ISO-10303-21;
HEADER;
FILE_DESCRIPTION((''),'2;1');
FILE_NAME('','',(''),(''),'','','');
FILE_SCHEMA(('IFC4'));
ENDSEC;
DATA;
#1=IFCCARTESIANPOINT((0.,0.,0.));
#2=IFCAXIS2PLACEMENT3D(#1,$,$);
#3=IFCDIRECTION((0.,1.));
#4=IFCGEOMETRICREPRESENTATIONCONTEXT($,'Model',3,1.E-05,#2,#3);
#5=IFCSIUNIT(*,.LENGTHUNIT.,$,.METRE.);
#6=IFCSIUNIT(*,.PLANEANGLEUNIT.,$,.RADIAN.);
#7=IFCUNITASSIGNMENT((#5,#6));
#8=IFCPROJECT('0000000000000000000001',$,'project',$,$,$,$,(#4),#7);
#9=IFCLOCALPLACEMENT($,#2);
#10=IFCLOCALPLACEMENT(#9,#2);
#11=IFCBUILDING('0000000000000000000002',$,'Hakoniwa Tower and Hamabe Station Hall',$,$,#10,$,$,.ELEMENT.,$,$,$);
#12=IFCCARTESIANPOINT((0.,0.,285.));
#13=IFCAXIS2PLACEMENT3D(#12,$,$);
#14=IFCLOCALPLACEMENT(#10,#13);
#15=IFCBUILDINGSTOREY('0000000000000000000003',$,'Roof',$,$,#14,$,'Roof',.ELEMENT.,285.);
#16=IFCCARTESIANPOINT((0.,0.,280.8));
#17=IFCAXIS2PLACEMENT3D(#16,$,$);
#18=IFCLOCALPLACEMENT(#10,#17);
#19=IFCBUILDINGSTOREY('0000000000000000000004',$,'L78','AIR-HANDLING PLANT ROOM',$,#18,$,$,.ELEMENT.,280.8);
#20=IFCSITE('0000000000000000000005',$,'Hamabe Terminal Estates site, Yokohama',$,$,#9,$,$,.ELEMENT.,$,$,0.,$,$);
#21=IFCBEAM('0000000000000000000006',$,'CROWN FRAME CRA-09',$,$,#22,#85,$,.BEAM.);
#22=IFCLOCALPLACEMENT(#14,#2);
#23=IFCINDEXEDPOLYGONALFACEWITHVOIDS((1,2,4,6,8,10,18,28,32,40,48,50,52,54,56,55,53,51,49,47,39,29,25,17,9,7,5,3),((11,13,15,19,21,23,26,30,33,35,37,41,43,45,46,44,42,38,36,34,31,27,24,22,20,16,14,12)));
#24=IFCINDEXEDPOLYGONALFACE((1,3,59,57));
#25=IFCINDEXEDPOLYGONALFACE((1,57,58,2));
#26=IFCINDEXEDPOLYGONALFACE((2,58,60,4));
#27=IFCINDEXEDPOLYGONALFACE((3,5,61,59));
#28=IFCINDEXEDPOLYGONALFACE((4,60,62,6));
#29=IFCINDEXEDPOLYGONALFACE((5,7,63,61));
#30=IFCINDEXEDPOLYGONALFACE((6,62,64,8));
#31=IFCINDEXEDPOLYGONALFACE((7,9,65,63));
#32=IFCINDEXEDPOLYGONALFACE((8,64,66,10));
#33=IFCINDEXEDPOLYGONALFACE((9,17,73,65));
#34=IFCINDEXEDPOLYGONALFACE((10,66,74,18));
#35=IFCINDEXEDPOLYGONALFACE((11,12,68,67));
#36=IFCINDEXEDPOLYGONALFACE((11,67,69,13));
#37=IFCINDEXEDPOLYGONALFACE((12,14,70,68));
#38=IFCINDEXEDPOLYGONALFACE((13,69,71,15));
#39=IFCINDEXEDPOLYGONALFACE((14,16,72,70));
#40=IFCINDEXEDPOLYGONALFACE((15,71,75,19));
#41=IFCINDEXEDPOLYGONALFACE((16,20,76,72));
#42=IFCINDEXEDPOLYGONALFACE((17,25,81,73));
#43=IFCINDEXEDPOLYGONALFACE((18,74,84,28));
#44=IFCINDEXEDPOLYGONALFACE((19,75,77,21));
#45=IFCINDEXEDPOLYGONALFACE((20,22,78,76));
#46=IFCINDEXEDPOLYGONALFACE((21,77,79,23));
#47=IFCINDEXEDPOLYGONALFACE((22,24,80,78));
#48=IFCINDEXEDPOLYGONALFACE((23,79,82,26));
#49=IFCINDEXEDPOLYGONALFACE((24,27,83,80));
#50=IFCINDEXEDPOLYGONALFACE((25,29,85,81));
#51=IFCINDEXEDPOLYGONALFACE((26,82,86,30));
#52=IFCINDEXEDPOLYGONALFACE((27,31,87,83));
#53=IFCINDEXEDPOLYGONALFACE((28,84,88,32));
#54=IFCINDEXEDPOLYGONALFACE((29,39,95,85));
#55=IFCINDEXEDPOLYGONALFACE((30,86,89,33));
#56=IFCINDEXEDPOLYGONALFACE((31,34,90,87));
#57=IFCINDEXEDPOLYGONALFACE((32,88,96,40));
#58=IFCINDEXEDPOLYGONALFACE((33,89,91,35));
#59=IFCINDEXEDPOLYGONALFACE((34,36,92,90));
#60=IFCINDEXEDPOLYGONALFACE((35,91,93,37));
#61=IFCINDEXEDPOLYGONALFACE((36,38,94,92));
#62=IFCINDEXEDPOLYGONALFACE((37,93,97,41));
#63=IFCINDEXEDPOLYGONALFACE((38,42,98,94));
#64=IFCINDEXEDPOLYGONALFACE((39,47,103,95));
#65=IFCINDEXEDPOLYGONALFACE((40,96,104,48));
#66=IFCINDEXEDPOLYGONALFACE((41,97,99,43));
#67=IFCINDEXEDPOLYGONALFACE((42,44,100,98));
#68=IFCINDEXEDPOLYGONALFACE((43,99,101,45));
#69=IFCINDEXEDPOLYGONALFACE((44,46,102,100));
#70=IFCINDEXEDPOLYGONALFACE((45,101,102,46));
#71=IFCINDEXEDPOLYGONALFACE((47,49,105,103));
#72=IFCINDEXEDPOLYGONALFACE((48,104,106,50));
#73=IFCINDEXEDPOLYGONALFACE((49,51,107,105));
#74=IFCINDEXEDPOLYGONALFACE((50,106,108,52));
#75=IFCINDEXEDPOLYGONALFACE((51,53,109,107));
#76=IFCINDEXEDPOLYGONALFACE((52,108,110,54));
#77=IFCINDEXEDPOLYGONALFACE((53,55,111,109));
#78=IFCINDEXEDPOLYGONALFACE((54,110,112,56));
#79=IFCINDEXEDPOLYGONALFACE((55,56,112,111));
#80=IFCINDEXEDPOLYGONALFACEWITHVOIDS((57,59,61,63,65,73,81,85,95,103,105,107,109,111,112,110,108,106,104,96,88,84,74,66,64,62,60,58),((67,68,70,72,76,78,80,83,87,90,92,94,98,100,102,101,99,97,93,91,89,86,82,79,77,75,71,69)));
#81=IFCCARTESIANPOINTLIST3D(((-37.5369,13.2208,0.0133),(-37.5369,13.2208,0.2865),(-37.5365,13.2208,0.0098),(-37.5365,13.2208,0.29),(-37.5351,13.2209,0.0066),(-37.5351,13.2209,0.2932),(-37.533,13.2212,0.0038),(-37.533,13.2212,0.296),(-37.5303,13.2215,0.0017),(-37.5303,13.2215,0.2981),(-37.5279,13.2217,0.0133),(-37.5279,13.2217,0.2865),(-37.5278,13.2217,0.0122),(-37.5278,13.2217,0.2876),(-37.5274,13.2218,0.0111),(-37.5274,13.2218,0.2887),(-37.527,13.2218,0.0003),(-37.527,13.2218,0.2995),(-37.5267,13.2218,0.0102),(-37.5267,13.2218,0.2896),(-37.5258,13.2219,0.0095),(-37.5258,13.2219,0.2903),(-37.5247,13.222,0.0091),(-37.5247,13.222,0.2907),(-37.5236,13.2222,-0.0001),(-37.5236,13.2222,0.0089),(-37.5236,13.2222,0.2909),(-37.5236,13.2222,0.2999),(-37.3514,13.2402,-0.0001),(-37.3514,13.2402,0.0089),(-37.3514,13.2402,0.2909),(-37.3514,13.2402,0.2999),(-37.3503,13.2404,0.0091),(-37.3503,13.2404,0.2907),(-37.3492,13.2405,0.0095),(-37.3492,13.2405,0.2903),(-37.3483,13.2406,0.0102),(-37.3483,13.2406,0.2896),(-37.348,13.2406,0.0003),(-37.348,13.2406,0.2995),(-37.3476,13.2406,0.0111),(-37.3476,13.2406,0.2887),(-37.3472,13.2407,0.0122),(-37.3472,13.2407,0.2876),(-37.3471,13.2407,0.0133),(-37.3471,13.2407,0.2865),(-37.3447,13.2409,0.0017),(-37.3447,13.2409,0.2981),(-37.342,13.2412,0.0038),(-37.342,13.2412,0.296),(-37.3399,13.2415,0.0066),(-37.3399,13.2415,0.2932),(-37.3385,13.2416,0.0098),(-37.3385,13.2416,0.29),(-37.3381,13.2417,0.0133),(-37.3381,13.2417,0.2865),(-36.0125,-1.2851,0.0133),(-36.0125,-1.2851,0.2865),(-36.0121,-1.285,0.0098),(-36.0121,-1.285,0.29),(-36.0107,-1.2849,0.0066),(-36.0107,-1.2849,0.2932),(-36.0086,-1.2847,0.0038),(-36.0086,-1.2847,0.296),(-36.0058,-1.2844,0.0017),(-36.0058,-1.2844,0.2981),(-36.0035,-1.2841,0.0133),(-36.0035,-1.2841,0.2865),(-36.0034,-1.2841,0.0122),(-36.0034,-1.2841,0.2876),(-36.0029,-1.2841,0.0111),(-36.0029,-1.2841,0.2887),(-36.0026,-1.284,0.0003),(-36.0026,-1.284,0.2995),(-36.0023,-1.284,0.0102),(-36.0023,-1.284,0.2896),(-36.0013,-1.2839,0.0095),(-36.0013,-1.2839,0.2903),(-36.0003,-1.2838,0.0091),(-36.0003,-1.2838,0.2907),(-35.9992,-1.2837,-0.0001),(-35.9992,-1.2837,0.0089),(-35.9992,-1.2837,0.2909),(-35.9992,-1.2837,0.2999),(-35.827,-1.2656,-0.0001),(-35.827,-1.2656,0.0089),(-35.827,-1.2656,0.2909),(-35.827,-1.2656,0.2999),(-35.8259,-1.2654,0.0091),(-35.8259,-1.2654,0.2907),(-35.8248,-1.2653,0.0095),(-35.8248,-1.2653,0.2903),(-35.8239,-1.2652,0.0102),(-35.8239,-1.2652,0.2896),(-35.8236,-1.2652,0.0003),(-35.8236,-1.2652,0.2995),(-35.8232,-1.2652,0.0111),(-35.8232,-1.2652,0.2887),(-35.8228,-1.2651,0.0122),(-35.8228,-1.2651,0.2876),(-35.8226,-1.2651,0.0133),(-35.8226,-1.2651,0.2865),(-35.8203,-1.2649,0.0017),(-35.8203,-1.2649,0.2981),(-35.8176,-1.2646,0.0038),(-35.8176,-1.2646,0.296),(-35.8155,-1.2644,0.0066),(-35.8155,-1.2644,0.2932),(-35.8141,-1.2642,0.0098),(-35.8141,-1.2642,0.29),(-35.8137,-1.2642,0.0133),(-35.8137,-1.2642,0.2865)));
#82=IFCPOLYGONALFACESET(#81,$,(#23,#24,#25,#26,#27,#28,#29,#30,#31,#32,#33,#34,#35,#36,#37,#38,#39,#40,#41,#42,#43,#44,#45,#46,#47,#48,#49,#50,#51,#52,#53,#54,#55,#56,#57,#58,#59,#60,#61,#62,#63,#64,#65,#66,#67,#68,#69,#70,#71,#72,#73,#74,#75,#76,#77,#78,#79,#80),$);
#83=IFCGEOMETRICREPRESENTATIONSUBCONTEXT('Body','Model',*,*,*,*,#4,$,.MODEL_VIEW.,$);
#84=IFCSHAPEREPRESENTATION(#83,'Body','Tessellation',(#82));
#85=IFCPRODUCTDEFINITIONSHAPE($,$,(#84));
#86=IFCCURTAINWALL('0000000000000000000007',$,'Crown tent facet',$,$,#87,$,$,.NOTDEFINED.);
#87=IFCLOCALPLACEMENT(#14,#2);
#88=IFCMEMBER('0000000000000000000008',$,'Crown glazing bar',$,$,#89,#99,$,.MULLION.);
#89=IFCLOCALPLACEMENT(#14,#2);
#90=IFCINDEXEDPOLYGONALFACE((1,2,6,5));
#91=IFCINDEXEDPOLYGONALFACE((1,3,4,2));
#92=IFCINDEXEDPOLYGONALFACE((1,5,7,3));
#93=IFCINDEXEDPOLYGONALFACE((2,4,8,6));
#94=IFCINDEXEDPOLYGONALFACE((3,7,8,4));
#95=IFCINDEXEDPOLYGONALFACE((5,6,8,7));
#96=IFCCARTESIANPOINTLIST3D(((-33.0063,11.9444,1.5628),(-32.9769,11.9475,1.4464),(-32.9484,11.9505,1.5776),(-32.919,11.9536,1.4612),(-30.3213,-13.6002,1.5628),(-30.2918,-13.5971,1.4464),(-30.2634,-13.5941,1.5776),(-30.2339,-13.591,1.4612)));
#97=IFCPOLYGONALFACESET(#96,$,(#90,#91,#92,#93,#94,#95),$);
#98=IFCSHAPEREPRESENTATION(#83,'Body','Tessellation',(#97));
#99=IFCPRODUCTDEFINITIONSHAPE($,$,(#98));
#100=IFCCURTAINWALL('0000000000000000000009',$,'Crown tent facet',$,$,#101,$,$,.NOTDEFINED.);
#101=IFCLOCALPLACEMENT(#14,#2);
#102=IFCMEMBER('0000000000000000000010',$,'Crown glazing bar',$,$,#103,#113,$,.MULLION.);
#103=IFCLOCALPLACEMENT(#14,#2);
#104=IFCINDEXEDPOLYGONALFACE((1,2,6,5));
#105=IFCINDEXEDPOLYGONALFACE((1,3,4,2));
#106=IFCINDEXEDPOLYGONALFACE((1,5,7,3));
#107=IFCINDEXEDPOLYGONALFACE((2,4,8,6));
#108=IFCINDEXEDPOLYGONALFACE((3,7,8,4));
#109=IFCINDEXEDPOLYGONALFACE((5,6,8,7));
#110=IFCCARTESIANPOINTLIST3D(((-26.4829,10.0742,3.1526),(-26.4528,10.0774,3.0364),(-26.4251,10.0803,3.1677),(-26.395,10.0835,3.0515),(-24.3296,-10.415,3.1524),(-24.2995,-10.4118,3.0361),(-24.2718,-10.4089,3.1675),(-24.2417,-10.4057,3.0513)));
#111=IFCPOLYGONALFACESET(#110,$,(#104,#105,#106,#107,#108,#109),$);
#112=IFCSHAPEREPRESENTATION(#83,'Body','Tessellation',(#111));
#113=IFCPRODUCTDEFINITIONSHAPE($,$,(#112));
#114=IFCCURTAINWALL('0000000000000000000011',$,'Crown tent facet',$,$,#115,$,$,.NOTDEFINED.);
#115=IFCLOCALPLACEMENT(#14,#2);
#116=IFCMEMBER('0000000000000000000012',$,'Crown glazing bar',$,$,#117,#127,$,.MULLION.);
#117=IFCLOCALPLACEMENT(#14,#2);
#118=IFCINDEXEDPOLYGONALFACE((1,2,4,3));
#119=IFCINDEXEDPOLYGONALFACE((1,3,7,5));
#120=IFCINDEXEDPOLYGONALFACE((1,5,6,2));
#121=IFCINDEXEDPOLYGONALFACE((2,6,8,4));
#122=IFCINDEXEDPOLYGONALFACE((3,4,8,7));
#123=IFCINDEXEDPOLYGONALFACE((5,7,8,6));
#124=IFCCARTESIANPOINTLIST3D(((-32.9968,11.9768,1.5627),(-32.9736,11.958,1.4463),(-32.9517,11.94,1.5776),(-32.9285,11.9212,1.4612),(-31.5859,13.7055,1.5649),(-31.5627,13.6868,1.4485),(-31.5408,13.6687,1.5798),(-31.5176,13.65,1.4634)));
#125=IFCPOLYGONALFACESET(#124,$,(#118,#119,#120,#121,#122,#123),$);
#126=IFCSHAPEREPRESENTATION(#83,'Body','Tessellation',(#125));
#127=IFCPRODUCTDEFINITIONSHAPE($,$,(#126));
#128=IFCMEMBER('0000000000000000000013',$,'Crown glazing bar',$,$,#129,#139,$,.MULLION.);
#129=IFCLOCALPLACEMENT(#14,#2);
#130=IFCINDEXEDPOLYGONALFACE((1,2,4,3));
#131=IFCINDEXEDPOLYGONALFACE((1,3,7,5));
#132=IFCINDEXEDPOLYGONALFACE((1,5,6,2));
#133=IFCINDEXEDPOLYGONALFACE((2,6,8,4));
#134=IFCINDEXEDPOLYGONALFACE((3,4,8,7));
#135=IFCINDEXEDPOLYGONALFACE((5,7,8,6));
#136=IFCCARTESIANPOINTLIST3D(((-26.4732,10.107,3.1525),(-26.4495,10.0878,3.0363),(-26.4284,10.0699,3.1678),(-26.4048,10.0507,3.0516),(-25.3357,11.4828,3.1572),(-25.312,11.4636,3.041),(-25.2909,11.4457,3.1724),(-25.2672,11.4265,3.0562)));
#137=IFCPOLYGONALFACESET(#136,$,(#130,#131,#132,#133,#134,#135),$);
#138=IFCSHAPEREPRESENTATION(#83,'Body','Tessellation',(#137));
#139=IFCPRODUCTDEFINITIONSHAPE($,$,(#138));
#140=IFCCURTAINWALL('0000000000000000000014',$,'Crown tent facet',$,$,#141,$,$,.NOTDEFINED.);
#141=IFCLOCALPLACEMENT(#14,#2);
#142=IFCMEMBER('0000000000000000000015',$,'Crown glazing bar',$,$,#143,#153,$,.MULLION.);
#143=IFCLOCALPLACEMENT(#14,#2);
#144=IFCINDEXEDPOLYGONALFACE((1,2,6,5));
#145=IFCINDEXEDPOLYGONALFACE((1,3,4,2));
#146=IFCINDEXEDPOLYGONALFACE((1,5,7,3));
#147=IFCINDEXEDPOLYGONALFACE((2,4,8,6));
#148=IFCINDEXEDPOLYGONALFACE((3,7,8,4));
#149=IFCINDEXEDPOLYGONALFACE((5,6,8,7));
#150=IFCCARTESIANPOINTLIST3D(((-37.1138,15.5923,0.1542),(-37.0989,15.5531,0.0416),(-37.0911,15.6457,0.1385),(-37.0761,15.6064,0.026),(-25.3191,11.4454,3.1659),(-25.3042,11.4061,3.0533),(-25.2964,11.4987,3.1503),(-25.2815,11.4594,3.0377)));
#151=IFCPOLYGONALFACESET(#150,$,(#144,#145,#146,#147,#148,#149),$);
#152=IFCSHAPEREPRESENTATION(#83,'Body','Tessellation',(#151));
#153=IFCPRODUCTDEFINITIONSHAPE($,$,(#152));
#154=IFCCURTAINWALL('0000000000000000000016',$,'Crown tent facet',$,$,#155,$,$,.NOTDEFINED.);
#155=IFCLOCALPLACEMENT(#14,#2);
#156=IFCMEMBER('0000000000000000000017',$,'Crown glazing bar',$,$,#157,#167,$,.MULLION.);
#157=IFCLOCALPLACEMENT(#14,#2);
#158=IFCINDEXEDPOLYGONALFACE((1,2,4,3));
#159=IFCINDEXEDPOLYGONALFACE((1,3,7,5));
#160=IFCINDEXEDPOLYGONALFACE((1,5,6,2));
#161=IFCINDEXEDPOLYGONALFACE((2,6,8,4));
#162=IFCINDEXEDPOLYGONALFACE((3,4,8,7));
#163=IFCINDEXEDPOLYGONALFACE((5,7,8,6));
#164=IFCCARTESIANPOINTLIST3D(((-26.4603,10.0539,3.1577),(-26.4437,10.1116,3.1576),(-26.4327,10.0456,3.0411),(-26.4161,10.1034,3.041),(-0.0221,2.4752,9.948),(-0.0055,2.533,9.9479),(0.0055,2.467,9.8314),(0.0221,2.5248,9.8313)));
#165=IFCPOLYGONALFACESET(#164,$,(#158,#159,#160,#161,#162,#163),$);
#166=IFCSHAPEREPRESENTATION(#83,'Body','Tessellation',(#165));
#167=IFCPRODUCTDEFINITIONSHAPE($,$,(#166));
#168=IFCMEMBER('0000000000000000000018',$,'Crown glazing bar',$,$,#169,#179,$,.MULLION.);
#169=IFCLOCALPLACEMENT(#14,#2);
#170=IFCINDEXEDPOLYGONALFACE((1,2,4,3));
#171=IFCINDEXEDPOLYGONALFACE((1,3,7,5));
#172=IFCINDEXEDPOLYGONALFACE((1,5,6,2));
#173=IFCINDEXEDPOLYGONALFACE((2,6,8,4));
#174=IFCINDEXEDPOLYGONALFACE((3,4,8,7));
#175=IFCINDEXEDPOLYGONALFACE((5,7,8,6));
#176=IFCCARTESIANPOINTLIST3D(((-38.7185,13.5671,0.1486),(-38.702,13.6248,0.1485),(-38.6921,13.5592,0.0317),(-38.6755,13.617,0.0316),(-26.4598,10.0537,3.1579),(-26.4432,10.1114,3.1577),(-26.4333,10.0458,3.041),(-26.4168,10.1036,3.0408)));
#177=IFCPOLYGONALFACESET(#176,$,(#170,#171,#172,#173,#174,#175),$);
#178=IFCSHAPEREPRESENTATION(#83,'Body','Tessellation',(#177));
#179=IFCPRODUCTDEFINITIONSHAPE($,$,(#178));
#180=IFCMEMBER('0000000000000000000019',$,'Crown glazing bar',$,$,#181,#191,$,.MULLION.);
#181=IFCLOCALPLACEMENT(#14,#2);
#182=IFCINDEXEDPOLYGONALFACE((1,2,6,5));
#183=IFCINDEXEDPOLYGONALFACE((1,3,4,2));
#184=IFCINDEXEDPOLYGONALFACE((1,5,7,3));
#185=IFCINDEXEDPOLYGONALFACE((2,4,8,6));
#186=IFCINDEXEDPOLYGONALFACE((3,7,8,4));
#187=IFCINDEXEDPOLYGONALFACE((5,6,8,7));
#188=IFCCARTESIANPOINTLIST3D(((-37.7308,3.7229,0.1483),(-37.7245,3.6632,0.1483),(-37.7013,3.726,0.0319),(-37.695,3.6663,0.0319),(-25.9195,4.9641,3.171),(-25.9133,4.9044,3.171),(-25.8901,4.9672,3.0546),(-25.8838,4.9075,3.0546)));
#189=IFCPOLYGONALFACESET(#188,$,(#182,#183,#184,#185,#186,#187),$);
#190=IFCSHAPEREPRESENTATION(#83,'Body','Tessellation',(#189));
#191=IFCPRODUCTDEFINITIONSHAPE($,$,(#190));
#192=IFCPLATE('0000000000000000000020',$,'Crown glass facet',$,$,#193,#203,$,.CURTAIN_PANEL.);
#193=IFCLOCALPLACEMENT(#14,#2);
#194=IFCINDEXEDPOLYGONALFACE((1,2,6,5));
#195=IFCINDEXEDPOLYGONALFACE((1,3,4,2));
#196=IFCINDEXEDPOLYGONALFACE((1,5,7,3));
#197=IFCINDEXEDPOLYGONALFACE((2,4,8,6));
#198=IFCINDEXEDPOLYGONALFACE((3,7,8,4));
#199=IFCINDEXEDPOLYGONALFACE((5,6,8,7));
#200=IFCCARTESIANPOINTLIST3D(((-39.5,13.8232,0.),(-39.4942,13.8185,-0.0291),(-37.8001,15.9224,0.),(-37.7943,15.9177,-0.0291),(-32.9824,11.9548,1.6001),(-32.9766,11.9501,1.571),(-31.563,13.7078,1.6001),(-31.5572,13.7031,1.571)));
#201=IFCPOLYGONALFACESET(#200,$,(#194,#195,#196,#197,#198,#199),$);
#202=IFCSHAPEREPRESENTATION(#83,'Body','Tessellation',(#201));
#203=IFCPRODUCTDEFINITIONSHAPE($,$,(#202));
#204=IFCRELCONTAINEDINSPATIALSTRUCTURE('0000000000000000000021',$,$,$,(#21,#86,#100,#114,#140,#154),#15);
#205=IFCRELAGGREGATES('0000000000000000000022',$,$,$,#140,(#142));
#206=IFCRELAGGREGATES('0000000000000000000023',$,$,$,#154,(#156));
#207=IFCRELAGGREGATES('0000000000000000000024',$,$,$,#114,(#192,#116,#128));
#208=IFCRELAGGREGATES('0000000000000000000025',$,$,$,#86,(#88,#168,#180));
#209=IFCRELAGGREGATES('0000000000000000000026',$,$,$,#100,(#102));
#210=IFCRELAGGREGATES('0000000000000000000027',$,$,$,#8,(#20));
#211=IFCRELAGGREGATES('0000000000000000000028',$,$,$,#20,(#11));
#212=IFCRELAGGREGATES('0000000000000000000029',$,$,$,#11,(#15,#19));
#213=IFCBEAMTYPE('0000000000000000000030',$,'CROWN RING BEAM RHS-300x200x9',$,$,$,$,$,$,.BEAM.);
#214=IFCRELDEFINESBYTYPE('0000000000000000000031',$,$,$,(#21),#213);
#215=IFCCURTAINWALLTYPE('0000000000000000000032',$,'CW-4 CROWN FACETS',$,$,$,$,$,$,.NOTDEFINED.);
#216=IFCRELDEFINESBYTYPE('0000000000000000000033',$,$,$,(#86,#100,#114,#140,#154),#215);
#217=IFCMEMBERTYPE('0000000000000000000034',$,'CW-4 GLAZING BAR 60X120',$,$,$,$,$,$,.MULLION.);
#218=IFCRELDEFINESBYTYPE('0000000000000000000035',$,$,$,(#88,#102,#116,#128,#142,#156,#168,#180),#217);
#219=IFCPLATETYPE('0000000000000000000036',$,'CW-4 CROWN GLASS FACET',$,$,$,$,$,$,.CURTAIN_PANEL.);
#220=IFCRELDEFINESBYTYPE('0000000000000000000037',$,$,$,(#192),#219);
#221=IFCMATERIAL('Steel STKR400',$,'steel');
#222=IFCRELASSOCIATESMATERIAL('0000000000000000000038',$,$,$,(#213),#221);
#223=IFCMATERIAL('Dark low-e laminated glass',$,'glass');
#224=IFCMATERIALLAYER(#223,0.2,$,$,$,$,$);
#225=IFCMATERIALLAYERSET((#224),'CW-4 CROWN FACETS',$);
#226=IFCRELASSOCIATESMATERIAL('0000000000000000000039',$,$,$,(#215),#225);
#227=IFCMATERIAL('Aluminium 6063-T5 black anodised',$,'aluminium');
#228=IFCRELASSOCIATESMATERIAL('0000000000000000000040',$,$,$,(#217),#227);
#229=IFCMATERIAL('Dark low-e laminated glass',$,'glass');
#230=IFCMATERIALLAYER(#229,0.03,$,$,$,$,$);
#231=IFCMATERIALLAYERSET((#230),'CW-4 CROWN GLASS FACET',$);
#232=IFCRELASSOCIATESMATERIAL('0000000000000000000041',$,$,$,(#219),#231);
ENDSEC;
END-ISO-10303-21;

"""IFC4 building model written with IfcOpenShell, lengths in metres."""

from ifc_helpers import new_model, si_unit, direction, frame, origin, origin_2d, place, context, subcontext, project, spatial, polyline, rectangle, hollow_rectangle, outline, extrude, material, layer, layer_set, material_profile, profile_set, type_object, element, aggregate, save


model = new_model("IFC4")

# Units and contexts
model_context = context("Model", 3, precision=1e-05, world=origin(), true_north=direction((0.0, 1.0)))
body_context = subcontext(model_context, "Body", "Model", "MODEL_VIEW")
ifc_project = project(units=[si_unit("LENGTHUNIT", "METRE"), si_unit("PLANEANGLEUNIT", "RADIAN")], contexts=[model_context])

# Site, building, storey
site_placement = place(None, origin())
site = spatial("IfcSite", under=ifc_project, at=site_placement, Name="Hamabe Terminal Estates site, Yokohama", CompositionType="ELEMENT", RefElevation=0.0)
building_placement = place(site_placement, origin())
building = spatial("IfcBuilding", under=site, at=building_placement, Name="Hakoniwa Tower and Hamabe Station Hall", CompositionType="ELEMENT")
storey_1_placement = place(building_placement, frame((0.0, 0.0, 285.0)))
storey_1 = spatial("IfcBuildingStorey", under=building, at=storey_1_placement, Name="Roof", LongName="Roof", CompositionType="ELEMENT", Elevation=285.0)

# Beam
ifc_material_1 = material(Name="Steel STKR400", Category="steel")
ifc_material_profile_1 = material_profile(ifc_material_1, hollow_rectangle(XDim=0.2, YDim=0.3, WallThickness=0.009, InnerFilletRadius=0.0044, OuterFilletRadius=0.0134, at=origin_2d()), Name="RHS-300x200x9")
ifc_profile_set_1 = profile_set([ifc_material_profile_1], Name="Steel STKR400")
beam_type = type_object("IfcBeamType", Name="CROWN RING BEAM RHS-300x200x9", PredefinedType="BEAM", material=ifc_profile_set_1)
beam_1_placement = place(storey_1_placement, frame((-37.4375, 13.2312, 0.1499), z_axis=(0.104514, -0.994523, 0.0), x_axis=(0.994523, 0.104514, 0.0)))
element("IfcBeam", 1, at=beam_1_placement, inside=storey_1, type_object=beam_type, Name="CROWN FRAME CRA-09", PredefinedType="BEAM", context=body_context, shape_type="SweptSolid", body=[
    extrude(hollow_rectangle(XDim=0.2, YDim=0.3, WallThickness=0.009, InnerFilletRadius=0.0044, OuterFilletRadius=0.0134, at=origin_2d()), origin(), (0.0, 0.0, 1.0), 14.5857),
])

# Curtain walls, members
ifc_material_2 = material(Name="Dark low-e laminated glass", Category="glass")
ifc_layer_1 = layer(ifc_material_2, 0.2)
ifc_layer_set_1 = layer_set([ifc_layer_1], Name="CW-4 CROWN FACETS")
curtain_wall_type = type_object("IfcCurtainWallType", Name="CW-4 CROWN FACETS", PredefinedType="NOTDEFINED", material=ifc_layer_set_1)
curtain_wall_1_placement = place(storey_1_placement, origin())
curtain_wall_1 = element("IfcCurtainWall", 2, at=curtain_wall_1_placement, inside=storey_1, type_object=curtain_wall_type, Name="Crown tent facet", PredefinedType="NOTDEFINED")
ifc_material_3 = material(Name="Aluminium 6063-T5 black anodised", Category="aluminium")
ifc_material_profile_2 = material_profile(ifc_material_3, rectangle(XDim=0.0601, YDim=0.1201, at=origin_2d()), Name="CW-4 GLAZING BAR 60X120")
ifc_profile_set_2 = profile_set([ifc_material_profile_2], Name="Aluminium 6063-T5 black anodised")
member_type_1 = type_object("IfcMemberType", Name="CW-4 GLAZING BAR 60X120", PredefinedType="MULLION", material=ifc_profile_set_2)
member_1_placement = place(storey_1_placement, frame((-32.9626, 11.949, 1.512), z_axis=(0.104536, -0.994521, 0.0), x_axis=(0.963795, 0.101307, 0.24665)))
member_1 = element("IfcMember", 3, at=member_1_placement, type_object=member_type_1, Name="Crown glazing bar", PredefinedType="MULLION", context=body_context, shape_type="SweptSolid", body=[
    extrude(rectangle(XDim=0.0601, YDim=0.1201, at=origin_2d()), origin(), (0.0, 0.0, 1.0), 25.6853),
])
curtain_wall_2_placement = place(storey_1_placement, origin())
curtain_wall_2 = element("IfcCurtainWall", 4, at=curtain_wall_2_placement, inside=storey_1, type_object=curtain_wall_type, Name="Crown tent facet", PredefinedType="NOTDEFINED")
member_2_placement = place(storey_1_placement, frame((-26.439, 10.0789, 3.1021), z_axis=(0.104519, -0.994523, -0.000012), x_axis=(0.962419, 0.101142, 0.252033)))
member_2 = element("IfcMember", 5, at=member_2_placement, type_object=member_type_1, Name="Crown glazing bar", PredefinedType="MULLION", context=body_context, shape_type="SweptSolid", body=[
    extrude(rectangle(XDim=0.0601, YDim=0.1201, at=origin_2d()), origin(), (0.0, 0.0, 1.0), 20.6021),
])

# Curtain wall, members
curtain_wall_3_placement = place(storey_1_placement, origin())
curtain_wall_3 = element("IfcCurtainWall", 6, at=curtain_wall_3_placement, inside=storey_1, type_object=curtain_wall_type, Name="Crown tent facet", PredefinedType="NOTDEFINED")
member_3_placement = place(storey_1_placement, frame((-32.9626, 11.949, 1.512), z_axis=(0.632284, 0.774736, 0.000985), x_axis=(-0.750311, 0.612665, -0.248343)))
member_3 = element("IfcMember", 7, at=member_3_placement, type_object=member_type_1, Name="Crown glazing bar", PredefinedType="MULLION", context=body_context, shape_type="SweptSolid", body=[
    extrude(rectangle(XDim=0.0601, YDim=0.1201, at=origin_2d()), origin(), (0.0, 0.0, 1.0), 2.2314),
])
member_4_placement = place(storey_1_placement, frame((-26.439, 10.0789, 3.1021), z_axis=(0.637204, 0.77069, 0.002599), x_axis=(-0.745049, 0.61686, -0.253745)))
member_4 = element("IfcMember", 8, at=member_4_placement, type_object=member_type_1, Name="Crown glazing bar", PredefinedType="MULLION", context=body_context, shape_type="SweptSolid", body=[
    extrude(rectangle(XDim=0.0601, YDim=0.1201, at=origin_2d()), origin(), (0.0, 0.0, 1.0), 1.7852),
])

# Curtain walls, members
curtain_wall_4_placement = place(storey_1_placement, origin())
curtain_wall_4 = element("IfcCurtainWall", 9, at=curtain_wall_4_placement, inside=storey_1, type_object=curtain_wall_type, Name="Crown tent facet", PredefinedType="NOTDEFINED")
member_5_placement = place(storey_1_placement, frame((-37.095, 15.5994, 0.0901), z_axis=(0.917153, -0.322468, 0.234191), x_axis=(0.378674, 0.888308, -0.259837)))
member_5 = element("IfcMember", 10, at=member_5_placement, type_object=member_type_1, Name="Crown glazing bar", PredefinedType="MULLION", context=body_context, shape_type="SweptSolid", body=[
    extrude(rectangle(XDim=0.0601, YDim=0.1201, at=origin_2d()), origin(), (0.0, 0.0, 1.0), 12.8601),
])
aggregate(curtain_wall_4, [member_5])
curtain_wall_5_placement = place(storey_1_placement, origin())
curtain_wall_5 = element("IfcCurtainWall", 11, at=curtain_wall_5_placement, inside=storey_1, type_object=curtain_wall_type, Name="Crown tent facet", PredefinedType="NOTDEFINED")
member_6_placement = place(storey_1_placement, frame((-26.4382, 10.0786, 3.0994), z_axis=(0.933262, -0.267523, 0.239695), x_axis=(0.27612, 0.96112, -0.002379)))
member_6 = element("IfcMember", 12, at=member_6_placement, type_object=member_type_1, Name="Crown glazing bar", PredefinedType="MULLION", context=body_context, shape_type="SweptSolid", body=[
    extrude(rectangle(XDim=0.0601, YDim=0.1201, at=origin_2d()), origin(), (0.0, 0.0, 1.0), 28.3289),
])
aggregate(curtain_wall_5, [member_6])

# Members
member_7_placement = place(storey_1_placement, frame((-38.697, 13.592, 0.0901), z_axis=(0.935601, -0.268148, 0.22967), x_axis=(0.276033, 0.961146, -0.002296)))
member_7 = element("IfcMember", 13, at=member_7_placement, type_object=member_type_1, Name="Crown glazing bar", PredefinedType="MULLION", context=body_context, shape_type="SweptSolid", body=[
    extrude(rectangle(XDim=0.0601, YDim=0.1201, at=origin_2d()), origin(), (0.0, 0.0, 1.0), 13.1025),
])
member_8_placement = place(storey_1_placement, frame((-37.7129, 3.6946, 0.0901), z_axis=(0.963797, 0.101282, 0.246652), x_axis=(-0.104511, 0.994524, 0.0)))
member_8 = element("IfcMember", 14, at=member_8_placement, type_object=member_type_1, Name="Crown glazing bar", PredefinedType="MULLION", context=body_context, shape_type="SweptSolid", body=[
    extrude(rectangle(XDim=0.0601, YDim=0.1201, at=origin_2d()), origin(), (0.0, 0.0, 1.0), 12.2549),
])

# Plate
ifc_material_4 = material(Name="Dark low-e laminated glass", Category="glass")
ifc_layer_2 = layer(ifc_material_4, 0.03)
ifc_layer_set_2 = layer_set([ifc_layer_2], Name="CW-4 CROWN GLASS FACET")
plate_type = type_object("IfcPlateType", Name="CW-4 CROWN GLASS FACET", PredefinedType="CURTAIN_PANEL", material=ifc_layer_set_2)
plate_1_placement = place(storey_1_placement, frame((-31.563, 13.7078, 1.6001), z_axis=(-0.193009, 0.156298, 0.968668), x_axis=(-0.629306, -0.777158, 0.000007)))
plate_1 = element("IfcPlate", 15, at=plate_1_placement, type_object=plate_type, Name="Crown glass facet", PredefinedType="CURTAIN_PANEL", context=body_context, shape_type="SweptSolid", body=[
    extrude(outline(polyline([(0.0, 0.0), (2.2556, 0.0), (4.905, -6.4428), (2.2039, -6.4427), (0.0, 0.0)])), origin(), (0.0, 0.0, -1.0), 0.03),
])
aggregate(curtain_wall_3, [plate_1, member_3, member_4])
aggregate(curtain_wall_1, [member_1, member_7, member_8])

aggregate(curtain_wall_2, [member_2])

# Shared definitions
storey_2_placement = place(building_placement, frame((0.0, 0.0, 280.8)))
storey_2 = spatial("IfcBuildingStorey", under=building, at=storey_2_placement, Name="L78", Description="AIR-HANDLING PLANT ROOM", CompositionType="ELEMENT", Elevation=280.8)

save(model, "model.ifc")
